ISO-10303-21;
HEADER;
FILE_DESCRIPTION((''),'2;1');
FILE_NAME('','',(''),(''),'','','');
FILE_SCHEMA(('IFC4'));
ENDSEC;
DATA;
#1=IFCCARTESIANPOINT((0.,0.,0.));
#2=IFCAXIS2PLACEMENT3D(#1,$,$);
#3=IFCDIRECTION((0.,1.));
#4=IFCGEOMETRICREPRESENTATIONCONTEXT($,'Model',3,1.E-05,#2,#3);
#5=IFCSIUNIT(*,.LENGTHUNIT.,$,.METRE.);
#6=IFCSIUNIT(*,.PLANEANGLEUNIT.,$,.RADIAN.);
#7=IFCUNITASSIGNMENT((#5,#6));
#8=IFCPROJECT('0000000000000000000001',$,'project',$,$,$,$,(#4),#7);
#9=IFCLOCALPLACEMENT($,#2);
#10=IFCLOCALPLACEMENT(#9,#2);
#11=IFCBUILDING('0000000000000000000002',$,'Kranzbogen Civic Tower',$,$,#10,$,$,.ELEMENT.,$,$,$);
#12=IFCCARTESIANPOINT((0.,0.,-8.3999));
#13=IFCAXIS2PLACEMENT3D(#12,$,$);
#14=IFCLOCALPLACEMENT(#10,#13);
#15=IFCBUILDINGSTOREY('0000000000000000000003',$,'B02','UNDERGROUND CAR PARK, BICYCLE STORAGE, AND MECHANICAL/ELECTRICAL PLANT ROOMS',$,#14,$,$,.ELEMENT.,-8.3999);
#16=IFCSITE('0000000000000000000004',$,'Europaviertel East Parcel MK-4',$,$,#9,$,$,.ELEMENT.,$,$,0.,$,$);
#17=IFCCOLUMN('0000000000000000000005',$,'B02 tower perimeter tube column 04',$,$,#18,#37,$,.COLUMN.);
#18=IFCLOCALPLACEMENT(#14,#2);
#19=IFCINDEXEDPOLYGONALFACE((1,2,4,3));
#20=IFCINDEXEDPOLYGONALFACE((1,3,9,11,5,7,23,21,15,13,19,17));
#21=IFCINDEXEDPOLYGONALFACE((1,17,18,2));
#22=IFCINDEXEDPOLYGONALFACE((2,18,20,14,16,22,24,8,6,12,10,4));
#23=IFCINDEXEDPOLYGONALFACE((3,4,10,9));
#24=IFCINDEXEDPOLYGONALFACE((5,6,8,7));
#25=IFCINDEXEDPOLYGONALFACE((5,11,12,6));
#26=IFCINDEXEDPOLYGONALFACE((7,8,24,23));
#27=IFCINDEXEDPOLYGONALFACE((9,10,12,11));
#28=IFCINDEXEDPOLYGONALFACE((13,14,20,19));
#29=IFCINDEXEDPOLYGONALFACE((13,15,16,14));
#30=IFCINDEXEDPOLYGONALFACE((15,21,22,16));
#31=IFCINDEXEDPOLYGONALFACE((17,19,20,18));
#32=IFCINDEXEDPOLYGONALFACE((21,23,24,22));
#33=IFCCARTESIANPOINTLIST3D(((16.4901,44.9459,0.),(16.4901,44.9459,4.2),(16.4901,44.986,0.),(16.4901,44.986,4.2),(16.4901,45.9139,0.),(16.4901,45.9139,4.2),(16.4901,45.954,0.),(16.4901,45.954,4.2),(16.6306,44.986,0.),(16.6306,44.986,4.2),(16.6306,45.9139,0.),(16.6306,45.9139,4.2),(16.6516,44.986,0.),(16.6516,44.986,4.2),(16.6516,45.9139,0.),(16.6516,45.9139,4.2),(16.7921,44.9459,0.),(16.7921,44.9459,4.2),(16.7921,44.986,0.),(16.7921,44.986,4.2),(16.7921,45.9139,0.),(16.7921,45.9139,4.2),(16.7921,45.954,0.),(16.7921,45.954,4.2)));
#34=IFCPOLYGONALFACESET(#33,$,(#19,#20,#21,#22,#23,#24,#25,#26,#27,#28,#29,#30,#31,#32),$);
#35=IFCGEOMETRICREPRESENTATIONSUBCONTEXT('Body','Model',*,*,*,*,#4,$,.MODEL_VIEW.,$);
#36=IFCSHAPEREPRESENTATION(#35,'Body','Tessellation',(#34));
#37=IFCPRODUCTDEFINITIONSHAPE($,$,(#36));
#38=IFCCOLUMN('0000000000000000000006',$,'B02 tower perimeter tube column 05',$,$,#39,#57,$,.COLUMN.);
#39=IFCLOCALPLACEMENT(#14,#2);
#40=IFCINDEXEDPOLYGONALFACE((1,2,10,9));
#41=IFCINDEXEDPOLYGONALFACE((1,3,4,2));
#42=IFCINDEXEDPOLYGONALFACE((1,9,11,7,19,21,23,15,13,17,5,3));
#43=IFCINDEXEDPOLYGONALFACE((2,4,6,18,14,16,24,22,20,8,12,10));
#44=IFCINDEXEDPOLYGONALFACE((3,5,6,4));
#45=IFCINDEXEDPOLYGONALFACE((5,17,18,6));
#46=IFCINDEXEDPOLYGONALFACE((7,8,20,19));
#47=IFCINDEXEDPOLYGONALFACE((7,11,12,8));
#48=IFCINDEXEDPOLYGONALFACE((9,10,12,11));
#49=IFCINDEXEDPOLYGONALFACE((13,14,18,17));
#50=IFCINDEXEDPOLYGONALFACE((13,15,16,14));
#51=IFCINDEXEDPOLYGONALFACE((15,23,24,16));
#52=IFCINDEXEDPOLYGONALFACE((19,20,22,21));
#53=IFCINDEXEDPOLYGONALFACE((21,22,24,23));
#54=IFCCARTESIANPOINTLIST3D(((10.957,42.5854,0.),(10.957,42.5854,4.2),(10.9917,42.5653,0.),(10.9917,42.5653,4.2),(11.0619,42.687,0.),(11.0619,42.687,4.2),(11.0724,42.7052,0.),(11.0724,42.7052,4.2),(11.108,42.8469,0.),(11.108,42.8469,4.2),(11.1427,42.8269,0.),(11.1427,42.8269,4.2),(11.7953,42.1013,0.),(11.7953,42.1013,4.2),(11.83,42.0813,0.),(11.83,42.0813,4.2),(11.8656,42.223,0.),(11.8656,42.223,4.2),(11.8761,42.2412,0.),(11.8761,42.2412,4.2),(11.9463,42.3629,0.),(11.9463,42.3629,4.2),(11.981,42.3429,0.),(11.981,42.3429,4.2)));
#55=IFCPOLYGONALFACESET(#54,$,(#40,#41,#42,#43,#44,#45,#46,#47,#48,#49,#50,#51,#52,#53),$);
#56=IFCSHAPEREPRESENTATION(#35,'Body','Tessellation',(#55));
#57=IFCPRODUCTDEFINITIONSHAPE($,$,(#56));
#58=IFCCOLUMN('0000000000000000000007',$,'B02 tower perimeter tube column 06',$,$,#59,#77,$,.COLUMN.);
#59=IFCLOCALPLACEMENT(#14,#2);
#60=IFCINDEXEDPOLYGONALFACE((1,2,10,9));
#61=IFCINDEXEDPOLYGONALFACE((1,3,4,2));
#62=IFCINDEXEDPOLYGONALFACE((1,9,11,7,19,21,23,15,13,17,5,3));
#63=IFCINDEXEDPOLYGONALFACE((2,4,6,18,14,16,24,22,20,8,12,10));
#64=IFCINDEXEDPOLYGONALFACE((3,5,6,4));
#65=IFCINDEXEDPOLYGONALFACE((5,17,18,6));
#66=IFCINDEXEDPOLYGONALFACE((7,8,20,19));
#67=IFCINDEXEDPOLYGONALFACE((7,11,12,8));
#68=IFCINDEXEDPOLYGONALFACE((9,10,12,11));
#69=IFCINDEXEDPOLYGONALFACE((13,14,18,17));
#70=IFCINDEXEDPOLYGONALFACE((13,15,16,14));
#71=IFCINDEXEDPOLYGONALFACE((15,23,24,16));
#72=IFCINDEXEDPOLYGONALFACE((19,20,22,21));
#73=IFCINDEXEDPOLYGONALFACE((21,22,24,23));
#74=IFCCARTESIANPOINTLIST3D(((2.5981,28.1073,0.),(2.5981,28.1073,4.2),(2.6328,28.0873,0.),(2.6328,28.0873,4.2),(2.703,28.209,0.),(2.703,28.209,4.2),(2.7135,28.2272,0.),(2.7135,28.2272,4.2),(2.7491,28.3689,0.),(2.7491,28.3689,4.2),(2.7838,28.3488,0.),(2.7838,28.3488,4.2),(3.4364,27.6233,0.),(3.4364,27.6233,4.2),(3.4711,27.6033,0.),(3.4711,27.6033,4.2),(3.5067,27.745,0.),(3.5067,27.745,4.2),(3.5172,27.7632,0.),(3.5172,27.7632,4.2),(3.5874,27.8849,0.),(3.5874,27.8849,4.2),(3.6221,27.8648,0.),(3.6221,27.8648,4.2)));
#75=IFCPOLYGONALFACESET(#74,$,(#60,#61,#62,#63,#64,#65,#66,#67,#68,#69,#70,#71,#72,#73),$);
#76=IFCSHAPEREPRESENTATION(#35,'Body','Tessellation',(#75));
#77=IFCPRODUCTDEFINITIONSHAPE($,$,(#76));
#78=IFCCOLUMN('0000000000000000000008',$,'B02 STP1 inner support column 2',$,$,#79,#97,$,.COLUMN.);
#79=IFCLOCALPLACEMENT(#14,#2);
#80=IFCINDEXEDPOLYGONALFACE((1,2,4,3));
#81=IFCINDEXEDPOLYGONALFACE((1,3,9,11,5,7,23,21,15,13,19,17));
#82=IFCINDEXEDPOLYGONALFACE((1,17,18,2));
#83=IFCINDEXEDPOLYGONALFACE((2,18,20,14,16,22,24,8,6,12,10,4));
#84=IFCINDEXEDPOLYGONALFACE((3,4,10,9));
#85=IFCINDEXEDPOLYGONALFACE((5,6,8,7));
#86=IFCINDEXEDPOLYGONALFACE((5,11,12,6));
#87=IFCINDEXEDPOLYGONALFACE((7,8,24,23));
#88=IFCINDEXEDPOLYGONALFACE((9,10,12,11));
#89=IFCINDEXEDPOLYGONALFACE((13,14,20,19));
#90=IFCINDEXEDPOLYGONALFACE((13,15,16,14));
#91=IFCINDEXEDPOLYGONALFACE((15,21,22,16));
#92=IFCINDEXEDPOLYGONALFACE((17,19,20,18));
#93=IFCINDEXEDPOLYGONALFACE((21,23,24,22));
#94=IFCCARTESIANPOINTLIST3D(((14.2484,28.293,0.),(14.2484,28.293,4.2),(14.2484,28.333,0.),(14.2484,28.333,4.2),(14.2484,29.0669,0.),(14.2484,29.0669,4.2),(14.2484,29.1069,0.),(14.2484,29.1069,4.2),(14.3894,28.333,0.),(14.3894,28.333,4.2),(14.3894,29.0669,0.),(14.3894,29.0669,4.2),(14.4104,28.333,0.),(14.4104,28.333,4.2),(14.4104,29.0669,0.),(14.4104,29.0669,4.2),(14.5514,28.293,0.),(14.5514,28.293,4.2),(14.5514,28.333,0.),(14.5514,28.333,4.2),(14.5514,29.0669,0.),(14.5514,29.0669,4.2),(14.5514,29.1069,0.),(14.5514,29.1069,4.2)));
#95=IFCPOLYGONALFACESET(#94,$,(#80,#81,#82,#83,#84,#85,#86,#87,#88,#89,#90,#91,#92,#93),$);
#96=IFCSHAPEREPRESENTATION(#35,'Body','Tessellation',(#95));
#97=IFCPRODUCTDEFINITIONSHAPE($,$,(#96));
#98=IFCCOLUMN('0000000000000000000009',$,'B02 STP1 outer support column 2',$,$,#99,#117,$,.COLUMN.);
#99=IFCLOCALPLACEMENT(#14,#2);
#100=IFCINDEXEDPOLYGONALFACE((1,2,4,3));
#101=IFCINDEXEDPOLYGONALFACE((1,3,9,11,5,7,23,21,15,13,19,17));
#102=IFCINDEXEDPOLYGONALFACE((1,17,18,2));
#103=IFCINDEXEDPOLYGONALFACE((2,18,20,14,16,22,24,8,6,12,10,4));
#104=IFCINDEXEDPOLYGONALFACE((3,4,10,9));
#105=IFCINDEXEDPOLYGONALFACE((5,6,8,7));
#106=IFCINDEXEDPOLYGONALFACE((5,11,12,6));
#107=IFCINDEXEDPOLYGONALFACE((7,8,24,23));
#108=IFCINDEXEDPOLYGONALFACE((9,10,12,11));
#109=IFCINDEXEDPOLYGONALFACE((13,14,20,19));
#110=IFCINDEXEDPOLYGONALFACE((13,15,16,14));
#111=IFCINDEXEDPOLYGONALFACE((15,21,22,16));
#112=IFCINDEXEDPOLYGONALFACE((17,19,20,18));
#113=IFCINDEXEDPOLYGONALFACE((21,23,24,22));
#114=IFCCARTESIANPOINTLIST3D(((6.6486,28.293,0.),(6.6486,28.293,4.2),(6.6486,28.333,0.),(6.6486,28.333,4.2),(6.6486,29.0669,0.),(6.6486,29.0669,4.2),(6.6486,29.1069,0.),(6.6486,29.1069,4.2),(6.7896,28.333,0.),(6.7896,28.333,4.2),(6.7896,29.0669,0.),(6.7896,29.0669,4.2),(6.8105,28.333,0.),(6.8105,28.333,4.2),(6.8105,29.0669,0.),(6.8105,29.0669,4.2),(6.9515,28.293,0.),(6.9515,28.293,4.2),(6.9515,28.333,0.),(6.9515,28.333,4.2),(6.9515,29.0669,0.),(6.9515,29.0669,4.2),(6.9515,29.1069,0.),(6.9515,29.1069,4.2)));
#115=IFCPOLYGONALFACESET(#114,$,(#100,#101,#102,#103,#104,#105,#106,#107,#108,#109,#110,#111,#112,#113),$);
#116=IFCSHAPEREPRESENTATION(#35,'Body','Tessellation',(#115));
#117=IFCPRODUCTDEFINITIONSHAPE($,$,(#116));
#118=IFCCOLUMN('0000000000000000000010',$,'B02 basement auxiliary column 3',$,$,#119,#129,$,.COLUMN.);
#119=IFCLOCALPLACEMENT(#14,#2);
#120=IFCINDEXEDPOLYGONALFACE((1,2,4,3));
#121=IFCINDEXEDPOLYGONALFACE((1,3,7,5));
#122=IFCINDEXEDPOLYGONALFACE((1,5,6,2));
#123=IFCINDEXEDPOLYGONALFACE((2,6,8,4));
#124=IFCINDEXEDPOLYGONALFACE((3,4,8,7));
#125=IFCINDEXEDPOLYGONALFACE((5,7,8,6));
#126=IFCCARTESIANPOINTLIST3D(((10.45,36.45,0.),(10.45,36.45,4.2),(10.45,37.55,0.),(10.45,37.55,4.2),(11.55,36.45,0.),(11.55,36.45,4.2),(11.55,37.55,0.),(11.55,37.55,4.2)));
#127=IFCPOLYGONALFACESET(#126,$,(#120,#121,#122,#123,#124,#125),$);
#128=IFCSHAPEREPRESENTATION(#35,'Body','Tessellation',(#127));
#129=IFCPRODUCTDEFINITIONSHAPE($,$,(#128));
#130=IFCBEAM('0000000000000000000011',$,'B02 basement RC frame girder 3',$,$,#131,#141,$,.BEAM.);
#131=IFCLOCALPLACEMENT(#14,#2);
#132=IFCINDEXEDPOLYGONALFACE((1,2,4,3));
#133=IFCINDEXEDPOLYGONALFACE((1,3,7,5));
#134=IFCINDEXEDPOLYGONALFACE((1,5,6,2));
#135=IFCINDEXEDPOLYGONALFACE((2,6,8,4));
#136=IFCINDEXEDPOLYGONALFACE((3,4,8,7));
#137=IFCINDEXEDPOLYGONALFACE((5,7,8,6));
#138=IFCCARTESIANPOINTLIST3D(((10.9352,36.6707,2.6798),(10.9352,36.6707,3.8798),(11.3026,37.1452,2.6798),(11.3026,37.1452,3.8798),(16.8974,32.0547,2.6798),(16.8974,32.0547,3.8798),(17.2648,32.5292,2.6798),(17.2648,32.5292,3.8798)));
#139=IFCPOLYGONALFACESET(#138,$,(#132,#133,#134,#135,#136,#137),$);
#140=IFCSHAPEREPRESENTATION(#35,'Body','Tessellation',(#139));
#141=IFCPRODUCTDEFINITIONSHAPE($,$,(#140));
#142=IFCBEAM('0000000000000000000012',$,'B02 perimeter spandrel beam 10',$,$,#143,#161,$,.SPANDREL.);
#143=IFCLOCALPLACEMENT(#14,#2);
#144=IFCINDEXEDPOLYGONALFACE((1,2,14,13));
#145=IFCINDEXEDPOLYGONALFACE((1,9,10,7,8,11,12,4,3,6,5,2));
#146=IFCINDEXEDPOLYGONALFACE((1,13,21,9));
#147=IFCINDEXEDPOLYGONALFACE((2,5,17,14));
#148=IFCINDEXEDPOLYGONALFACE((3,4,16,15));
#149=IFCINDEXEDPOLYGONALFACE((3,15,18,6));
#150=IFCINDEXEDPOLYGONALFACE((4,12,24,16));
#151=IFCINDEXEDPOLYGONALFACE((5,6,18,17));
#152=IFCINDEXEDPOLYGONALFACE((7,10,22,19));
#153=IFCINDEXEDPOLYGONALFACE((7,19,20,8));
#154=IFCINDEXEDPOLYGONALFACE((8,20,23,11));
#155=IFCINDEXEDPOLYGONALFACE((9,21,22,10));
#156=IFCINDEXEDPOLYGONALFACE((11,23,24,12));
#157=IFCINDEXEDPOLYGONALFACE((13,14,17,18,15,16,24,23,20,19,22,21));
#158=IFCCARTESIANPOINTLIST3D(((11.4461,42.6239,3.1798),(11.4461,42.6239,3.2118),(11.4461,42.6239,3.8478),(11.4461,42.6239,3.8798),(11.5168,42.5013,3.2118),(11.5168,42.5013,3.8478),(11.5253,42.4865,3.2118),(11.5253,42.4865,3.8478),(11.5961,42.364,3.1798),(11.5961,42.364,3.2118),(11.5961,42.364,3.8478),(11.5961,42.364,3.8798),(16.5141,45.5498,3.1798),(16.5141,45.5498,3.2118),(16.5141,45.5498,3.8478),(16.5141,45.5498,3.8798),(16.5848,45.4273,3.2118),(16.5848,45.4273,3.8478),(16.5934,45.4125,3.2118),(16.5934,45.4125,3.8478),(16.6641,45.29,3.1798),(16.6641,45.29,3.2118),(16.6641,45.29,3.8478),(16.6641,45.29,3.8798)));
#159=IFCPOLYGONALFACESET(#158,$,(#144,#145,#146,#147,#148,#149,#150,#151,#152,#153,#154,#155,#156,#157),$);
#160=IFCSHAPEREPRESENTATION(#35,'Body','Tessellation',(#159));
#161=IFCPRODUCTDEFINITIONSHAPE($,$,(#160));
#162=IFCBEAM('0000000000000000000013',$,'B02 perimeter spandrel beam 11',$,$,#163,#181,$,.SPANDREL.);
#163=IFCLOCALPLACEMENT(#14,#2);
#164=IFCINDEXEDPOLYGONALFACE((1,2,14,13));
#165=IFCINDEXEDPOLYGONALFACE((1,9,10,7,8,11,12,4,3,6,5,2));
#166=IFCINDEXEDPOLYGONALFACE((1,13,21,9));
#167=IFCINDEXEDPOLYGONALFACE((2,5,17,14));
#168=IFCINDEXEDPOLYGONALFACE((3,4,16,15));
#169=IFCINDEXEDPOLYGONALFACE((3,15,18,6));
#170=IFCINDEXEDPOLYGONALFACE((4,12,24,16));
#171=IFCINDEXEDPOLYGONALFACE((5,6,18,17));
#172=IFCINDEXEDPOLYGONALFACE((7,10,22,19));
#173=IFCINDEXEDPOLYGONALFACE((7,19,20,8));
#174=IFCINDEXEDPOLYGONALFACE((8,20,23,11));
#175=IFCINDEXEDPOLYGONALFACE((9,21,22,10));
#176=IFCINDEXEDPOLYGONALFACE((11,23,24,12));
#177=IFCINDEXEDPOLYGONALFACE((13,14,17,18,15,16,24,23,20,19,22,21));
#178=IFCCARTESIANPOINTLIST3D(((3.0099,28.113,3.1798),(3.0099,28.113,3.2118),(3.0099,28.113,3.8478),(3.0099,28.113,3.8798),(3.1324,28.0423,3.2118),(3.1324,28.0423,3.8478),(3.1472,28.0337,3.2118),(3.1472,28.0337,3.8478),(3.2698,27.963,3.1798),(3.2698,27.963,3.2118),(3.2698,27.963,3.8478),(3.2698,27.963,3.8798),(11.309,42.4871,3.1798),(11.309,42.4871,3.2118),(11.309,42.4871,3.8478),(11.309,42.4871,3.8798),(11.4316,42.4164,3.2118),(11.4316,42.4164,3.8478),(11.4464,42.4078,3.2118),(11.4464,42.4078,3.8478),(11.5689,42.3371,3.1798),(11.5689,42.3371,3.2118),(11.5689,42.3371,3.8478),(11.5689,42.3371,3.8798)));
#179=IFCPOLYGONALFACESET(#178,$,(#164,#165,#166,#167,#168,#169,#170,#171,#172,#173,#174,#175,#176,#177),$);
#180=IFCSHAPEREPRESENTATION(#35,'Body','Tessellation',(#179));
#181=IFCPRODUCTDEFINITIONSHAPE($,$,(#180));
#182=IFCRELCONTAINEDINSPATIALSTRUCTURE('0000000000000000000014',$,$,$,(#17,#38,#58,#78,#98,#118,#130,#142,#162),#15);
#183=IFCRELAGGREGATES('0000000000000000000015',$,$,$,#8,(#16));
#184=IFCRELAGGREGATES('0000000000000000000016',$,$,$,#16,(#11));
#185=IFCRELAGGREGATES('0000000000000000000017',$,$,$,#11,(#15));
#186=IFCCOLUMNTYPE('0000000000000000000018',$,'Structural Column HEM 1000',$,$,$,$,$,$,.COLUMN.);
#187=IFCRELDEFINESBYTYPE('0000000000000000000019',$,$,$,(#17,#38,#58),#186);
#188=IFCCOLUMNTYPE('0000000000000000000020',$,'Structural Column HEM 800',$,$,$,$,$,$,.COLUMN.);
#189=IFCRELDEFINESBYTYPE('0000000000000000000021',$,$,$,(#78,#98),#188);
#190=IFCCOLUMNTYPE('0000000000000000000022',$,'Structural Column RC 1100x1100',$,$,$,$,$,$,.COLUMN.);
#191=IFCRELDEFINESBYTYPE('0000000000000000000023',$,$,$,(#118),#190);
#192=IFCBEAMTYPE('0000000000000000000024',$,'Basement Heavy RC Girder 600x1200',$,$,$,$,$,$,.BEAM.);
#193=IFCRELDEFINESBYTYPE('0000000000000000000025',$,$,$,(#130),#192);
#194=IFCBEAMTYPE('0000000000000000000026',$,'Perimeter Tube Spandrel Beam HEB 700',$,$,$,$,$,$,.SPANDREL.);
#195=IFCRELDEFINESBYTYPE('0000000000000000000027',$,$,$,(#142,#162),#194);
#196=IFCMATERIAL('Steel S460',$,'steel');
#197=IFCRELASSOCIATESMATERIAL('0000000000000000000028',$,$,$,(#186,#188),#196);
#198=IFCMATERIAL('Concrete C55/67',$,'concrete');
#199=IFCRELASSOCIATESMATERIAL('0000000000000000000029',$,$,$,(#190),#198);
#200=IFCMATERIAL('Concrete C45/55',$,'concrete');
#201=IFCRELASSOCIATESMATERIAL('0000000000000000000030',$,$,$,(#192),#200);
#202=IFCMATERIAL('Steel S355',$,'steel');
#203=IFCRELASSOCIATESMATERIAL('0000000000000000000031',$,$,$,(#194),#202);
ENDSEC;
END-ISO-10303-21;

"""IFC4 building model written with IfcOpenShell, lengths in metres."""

from ifc_helpers import new_model, si_unit, direction, frame, origin, origin_2d, place, context, subcontext, project, spatial, rectangle, i_section, extrude, material, material_profile, profile_set, type_object, element, save


model = new_model("IFC4")

# Units and contexts
model_context = context("Model", 3, precision=1e-05, world=origin(), true_north=direction((0.0, 1.0)))
body_context = subcontext(model_context, "Body", "Model", "MODEL_VIEW")
ifc_project = project(units=[si_unit("LENGTHUNIT", "METRE"), si_unit("PLANEANGLEUNIT", "RADIAN")], contexts=[model_context])

# Site, building, storey
site_placement = place(None, origin())
site = spatial("IfcSite", under=ifc_project, at=site_placement, Name="Europaviertel East Parcel MK-4", CompositionType="ELEMENT", RefElevation=0.0)
building_placement = place(site_placement, origin())
building = spatial("IfcBuilding", under=site, at=building_placement, Name="Kranzbogen Civic Tower", CompositionType="ELEMENT")
storey_placement = place(building_placement, frame((0.0, 0.0, -8.3999)))
storey = spatial("IfcBuildingStorey", under=building, at=storey_placement, Name="B02", Description="UNDERGROUND CAR PARK, BICYCLE STORAGE, AND MECHANICAL/ELECTRICAL PLANT ROOMS", CompositionType="ELEMENT", Elevation=-8.3999)

# Shared definitions
ifc_material_1 = material(Name="Concrete C45/55", Category="concrete")

# Columns
ifc_material_2 = material(Name="Steel S460", Category="steel")
ifc_material_profile_1 = material_profile(ifc_material_2, i_section(OverallWidth=0.302, OverallDepth=1.0081, WebThickness=0.021, FlangeThickness=0.04, at=origin_2d()), Name="HEM 1000")
ifc_profile_set_1 = profile_set([ifc_material_profile_1], Name="Steel S460")
column_type_1 = type_object("IfcColumnType", Name="Structural Column HEM 1000", PredefinedType="COLUMN", material=ifc_profile_set_1)
for number, where, z_axis, x_axis, name in (
    (1, (16.6411, 45.45, 0.0), (0.0, 0.0, 1.0), (1.0, 0.0, 0.0), "B02 tower perimeter tube column 04"),
    (2, (11.469, 42.4641, 0.0), (0.0, 0.0, 1.0), (0.5, 0.866025, 0.0), "B02 tower perimeter tube column 05"),
    (3, (3.1101, 27.9861, 0.0), (0.0, 0.0, 1.0), (0.5, 0.866025, 0.0), "B02 tower perimeter tube column 06"),
):
    element("IfcColumn", number, at=place(storey_placement, frame(where, z_axis=z_axis, x_axis=x_axis)), inside=storey, type_object=column_type_1, Name=name, PredefinedType="COLUMN", context=body_context, shape_type="SweptSolid", body=[
        extrude(i_section(OverallWidth=0.302, OverallDepth=1.0081, WebThickness=0.021, FlangeThickness=0.04, at=origin_2d()), origin(), (0.0, 0.0, 1.0), 4.2),
    ])
ifc_material_profile_2 = material_profile(ifc_material_2, i_section(OverallWidth=0.303, OverallDepth=0.814, WebThickness=0.021, FlangeThickness=0.04, at=origin_2d()), Name="HEM 800")
ifc_profile_set_2 = profile_set([ifc_material_profile_2], Name="Steel S460")
column_type_2 = type_object("IfcColumnType", Name="Structural Column HEM 800", PredefinedType="COLUMN", material=ifc_profile_set_2)
for number, where, z_axis, x_axis, name in (
    (4, (14.3999, 28.7, 0.0), (0.0, 0.0, 1.0), (1.0, 0.0, 0.0), "B02 STP1 inner support column 2"),
    (5, (6.8, 28.7, 0.0), (0.0, 0.0, 1.0), (1.0, 0.0, 0.0), "B02 STP1 outer support column 2"),
):
    element("IfcColumn", number, at=place(storey_placement, frame(where, z_axis=z_axis, x_axis=x_axis)), inside=storey, type_object=column_type_2, Name=name, PredefinedType="COLUMN", context=body_context, shape_type="SweptSolid", body=[
        extrude(i_section(OverallWidth=0.303, OverallDepth=0.814, WebThickness=0.021, FlangeThickness=0.04, at=origin_2d()), origin(), (0.0, 0.0, 1.0), 4.2),
    ])
ifc_material_3 = material(Name="Concrete C55/67", Category="concrete")
ifc_material_profile_3 = material_profile(ifc_material_3, rectangle(XDim=1.1001, YDim=1.1001, at=origin_2d()), Name="RC 1100x1100")
ifc_profile_set_3 = profile_set([ifc_material_profile_3], Name="Concrete C55/67")
column_type_3 = type_object("IfcColumnType", Name="Structural Column RC 1100x1100", PredefinedType="COLUMN", material=ifc_profile_set_3)
column_placement = place(storey_placement, frame((11.0, 37.0, 0.0), z_axis=(0.0, 0.0, 1.0), x_axis=(1.0, 0.0, 0.0)))
element("IfcColumn", 6, at=column_placement, inside=storey, type_object=column_type_3, Name="B02 basement auxiliary column 3", PredefinedType="COLUMN", context=body_context, shape_type="SweptSolid", body=[
    extrude(rectangle(XDim=1.1001, YDim=1.1001, at=origin_2d()), origin(), (0.0, 0.0, 1.0), 4.2),
])

# Beams
ifc_material_profile_4 = material_profile(ifc_material_1, rectangle(XDim=0.6001, YDim=1.2, at=origin_2d()), Name="RC-BM 600x1200")
ifc_profile_set_4 = profile_set([ifc_material_profile_4], Name="Concrete C45/55")
beam_type_1 = type_object("IfcBeamType", Name="Basement Heavy RC Girder 600x1200", PredefinedType="BEAM", material=ifc_profile_set_4)
beam_1_placement = place(storey_placement, frame((11.1189, 36.908, 3.2798), z_axis=(0.790717, -0.612182, 0.0), x_axis=(0.612182, 0.790717, 0.0)))
element("IfcBeam", 7, at=beam_1_placement, inside=storey, type_object=beam_type_1, Name="B02 basement RC frame girder 3", PredefinedType="BEAM", context=body_context, shape_type="SweptSolid", body=[
    extrude(rectangle(XDim=0.6001, YDim=1.2, at=origin_2d()), origin(), (0.0, 0.0, 1.0), 7.5403),
])
ifc_material_4 = material(Name="Steel S355", Category="steel")
ifc_material_profile_5 = material_profile(ifc_material_4, i_section(OverallWidth=0.3, OverallDepth=0.7, WebThickness=0.0171, FlangeThickness=0.032, at=origin_2d()), Name="HEB 700")
ifc_profile_set_5 = profile_set([ifc_material_profile_5], Name="Steel S355")
beam_type_2 = type_object("IfcBeamType", Name="Perimeter Tube Spandrel Beam HEB 700", PredefinedType="SPANDREL", material=ifc_profile_set_5)
beam_2_placement = place(storey_placement, frame((16.5891, 45.4199, 3.5298), z_axis=(-0.866029, -0.499993, 0.0), x_axis=(0.499993, -0.866029, 0.0)))
element("IfcBeam", 8, at=beam_2_placement, inside=storey, type_object=beam_type_2, Name="B02 perimeter spandrel beam 10", PredefinedType="SPANDREL", context=body_context, shape_type="SweptSolid", body=[
    extrude(i_section(OverallWidth=0.3, OverallDepth=0.7, WebThickness=0.0171, FlangeThickness=0.032, at=origin_2d()), origin(), (0.0, 0.0, 1.0), 5.8521),
])
beam_3_placement = place(storey_placement, frame((11.439, 42.4121, 3.5298), z_axis=(-0.50001, -0.86602, 0.0), x_axis=(0.86602, -0.50001, 0.0)))
element("IfcBeam", 9, at=beam_3_placement, inside=storey, type_object=beam_type_2, Name="B02 perimeter spandrel beam 11", PredefinedType="SPANDREL", context=body_context, shape_type="SweptSolid", body=[
    extrude(i_section(OverallWidth=0.3, OverallDepth=0.7, WebThickness=0.0171, FlangeThickness=0.032, at=origin_2d()), origin(), (0.0, 0.0, 1.0), 16.5979),
])

save(model, "model.ifc")
